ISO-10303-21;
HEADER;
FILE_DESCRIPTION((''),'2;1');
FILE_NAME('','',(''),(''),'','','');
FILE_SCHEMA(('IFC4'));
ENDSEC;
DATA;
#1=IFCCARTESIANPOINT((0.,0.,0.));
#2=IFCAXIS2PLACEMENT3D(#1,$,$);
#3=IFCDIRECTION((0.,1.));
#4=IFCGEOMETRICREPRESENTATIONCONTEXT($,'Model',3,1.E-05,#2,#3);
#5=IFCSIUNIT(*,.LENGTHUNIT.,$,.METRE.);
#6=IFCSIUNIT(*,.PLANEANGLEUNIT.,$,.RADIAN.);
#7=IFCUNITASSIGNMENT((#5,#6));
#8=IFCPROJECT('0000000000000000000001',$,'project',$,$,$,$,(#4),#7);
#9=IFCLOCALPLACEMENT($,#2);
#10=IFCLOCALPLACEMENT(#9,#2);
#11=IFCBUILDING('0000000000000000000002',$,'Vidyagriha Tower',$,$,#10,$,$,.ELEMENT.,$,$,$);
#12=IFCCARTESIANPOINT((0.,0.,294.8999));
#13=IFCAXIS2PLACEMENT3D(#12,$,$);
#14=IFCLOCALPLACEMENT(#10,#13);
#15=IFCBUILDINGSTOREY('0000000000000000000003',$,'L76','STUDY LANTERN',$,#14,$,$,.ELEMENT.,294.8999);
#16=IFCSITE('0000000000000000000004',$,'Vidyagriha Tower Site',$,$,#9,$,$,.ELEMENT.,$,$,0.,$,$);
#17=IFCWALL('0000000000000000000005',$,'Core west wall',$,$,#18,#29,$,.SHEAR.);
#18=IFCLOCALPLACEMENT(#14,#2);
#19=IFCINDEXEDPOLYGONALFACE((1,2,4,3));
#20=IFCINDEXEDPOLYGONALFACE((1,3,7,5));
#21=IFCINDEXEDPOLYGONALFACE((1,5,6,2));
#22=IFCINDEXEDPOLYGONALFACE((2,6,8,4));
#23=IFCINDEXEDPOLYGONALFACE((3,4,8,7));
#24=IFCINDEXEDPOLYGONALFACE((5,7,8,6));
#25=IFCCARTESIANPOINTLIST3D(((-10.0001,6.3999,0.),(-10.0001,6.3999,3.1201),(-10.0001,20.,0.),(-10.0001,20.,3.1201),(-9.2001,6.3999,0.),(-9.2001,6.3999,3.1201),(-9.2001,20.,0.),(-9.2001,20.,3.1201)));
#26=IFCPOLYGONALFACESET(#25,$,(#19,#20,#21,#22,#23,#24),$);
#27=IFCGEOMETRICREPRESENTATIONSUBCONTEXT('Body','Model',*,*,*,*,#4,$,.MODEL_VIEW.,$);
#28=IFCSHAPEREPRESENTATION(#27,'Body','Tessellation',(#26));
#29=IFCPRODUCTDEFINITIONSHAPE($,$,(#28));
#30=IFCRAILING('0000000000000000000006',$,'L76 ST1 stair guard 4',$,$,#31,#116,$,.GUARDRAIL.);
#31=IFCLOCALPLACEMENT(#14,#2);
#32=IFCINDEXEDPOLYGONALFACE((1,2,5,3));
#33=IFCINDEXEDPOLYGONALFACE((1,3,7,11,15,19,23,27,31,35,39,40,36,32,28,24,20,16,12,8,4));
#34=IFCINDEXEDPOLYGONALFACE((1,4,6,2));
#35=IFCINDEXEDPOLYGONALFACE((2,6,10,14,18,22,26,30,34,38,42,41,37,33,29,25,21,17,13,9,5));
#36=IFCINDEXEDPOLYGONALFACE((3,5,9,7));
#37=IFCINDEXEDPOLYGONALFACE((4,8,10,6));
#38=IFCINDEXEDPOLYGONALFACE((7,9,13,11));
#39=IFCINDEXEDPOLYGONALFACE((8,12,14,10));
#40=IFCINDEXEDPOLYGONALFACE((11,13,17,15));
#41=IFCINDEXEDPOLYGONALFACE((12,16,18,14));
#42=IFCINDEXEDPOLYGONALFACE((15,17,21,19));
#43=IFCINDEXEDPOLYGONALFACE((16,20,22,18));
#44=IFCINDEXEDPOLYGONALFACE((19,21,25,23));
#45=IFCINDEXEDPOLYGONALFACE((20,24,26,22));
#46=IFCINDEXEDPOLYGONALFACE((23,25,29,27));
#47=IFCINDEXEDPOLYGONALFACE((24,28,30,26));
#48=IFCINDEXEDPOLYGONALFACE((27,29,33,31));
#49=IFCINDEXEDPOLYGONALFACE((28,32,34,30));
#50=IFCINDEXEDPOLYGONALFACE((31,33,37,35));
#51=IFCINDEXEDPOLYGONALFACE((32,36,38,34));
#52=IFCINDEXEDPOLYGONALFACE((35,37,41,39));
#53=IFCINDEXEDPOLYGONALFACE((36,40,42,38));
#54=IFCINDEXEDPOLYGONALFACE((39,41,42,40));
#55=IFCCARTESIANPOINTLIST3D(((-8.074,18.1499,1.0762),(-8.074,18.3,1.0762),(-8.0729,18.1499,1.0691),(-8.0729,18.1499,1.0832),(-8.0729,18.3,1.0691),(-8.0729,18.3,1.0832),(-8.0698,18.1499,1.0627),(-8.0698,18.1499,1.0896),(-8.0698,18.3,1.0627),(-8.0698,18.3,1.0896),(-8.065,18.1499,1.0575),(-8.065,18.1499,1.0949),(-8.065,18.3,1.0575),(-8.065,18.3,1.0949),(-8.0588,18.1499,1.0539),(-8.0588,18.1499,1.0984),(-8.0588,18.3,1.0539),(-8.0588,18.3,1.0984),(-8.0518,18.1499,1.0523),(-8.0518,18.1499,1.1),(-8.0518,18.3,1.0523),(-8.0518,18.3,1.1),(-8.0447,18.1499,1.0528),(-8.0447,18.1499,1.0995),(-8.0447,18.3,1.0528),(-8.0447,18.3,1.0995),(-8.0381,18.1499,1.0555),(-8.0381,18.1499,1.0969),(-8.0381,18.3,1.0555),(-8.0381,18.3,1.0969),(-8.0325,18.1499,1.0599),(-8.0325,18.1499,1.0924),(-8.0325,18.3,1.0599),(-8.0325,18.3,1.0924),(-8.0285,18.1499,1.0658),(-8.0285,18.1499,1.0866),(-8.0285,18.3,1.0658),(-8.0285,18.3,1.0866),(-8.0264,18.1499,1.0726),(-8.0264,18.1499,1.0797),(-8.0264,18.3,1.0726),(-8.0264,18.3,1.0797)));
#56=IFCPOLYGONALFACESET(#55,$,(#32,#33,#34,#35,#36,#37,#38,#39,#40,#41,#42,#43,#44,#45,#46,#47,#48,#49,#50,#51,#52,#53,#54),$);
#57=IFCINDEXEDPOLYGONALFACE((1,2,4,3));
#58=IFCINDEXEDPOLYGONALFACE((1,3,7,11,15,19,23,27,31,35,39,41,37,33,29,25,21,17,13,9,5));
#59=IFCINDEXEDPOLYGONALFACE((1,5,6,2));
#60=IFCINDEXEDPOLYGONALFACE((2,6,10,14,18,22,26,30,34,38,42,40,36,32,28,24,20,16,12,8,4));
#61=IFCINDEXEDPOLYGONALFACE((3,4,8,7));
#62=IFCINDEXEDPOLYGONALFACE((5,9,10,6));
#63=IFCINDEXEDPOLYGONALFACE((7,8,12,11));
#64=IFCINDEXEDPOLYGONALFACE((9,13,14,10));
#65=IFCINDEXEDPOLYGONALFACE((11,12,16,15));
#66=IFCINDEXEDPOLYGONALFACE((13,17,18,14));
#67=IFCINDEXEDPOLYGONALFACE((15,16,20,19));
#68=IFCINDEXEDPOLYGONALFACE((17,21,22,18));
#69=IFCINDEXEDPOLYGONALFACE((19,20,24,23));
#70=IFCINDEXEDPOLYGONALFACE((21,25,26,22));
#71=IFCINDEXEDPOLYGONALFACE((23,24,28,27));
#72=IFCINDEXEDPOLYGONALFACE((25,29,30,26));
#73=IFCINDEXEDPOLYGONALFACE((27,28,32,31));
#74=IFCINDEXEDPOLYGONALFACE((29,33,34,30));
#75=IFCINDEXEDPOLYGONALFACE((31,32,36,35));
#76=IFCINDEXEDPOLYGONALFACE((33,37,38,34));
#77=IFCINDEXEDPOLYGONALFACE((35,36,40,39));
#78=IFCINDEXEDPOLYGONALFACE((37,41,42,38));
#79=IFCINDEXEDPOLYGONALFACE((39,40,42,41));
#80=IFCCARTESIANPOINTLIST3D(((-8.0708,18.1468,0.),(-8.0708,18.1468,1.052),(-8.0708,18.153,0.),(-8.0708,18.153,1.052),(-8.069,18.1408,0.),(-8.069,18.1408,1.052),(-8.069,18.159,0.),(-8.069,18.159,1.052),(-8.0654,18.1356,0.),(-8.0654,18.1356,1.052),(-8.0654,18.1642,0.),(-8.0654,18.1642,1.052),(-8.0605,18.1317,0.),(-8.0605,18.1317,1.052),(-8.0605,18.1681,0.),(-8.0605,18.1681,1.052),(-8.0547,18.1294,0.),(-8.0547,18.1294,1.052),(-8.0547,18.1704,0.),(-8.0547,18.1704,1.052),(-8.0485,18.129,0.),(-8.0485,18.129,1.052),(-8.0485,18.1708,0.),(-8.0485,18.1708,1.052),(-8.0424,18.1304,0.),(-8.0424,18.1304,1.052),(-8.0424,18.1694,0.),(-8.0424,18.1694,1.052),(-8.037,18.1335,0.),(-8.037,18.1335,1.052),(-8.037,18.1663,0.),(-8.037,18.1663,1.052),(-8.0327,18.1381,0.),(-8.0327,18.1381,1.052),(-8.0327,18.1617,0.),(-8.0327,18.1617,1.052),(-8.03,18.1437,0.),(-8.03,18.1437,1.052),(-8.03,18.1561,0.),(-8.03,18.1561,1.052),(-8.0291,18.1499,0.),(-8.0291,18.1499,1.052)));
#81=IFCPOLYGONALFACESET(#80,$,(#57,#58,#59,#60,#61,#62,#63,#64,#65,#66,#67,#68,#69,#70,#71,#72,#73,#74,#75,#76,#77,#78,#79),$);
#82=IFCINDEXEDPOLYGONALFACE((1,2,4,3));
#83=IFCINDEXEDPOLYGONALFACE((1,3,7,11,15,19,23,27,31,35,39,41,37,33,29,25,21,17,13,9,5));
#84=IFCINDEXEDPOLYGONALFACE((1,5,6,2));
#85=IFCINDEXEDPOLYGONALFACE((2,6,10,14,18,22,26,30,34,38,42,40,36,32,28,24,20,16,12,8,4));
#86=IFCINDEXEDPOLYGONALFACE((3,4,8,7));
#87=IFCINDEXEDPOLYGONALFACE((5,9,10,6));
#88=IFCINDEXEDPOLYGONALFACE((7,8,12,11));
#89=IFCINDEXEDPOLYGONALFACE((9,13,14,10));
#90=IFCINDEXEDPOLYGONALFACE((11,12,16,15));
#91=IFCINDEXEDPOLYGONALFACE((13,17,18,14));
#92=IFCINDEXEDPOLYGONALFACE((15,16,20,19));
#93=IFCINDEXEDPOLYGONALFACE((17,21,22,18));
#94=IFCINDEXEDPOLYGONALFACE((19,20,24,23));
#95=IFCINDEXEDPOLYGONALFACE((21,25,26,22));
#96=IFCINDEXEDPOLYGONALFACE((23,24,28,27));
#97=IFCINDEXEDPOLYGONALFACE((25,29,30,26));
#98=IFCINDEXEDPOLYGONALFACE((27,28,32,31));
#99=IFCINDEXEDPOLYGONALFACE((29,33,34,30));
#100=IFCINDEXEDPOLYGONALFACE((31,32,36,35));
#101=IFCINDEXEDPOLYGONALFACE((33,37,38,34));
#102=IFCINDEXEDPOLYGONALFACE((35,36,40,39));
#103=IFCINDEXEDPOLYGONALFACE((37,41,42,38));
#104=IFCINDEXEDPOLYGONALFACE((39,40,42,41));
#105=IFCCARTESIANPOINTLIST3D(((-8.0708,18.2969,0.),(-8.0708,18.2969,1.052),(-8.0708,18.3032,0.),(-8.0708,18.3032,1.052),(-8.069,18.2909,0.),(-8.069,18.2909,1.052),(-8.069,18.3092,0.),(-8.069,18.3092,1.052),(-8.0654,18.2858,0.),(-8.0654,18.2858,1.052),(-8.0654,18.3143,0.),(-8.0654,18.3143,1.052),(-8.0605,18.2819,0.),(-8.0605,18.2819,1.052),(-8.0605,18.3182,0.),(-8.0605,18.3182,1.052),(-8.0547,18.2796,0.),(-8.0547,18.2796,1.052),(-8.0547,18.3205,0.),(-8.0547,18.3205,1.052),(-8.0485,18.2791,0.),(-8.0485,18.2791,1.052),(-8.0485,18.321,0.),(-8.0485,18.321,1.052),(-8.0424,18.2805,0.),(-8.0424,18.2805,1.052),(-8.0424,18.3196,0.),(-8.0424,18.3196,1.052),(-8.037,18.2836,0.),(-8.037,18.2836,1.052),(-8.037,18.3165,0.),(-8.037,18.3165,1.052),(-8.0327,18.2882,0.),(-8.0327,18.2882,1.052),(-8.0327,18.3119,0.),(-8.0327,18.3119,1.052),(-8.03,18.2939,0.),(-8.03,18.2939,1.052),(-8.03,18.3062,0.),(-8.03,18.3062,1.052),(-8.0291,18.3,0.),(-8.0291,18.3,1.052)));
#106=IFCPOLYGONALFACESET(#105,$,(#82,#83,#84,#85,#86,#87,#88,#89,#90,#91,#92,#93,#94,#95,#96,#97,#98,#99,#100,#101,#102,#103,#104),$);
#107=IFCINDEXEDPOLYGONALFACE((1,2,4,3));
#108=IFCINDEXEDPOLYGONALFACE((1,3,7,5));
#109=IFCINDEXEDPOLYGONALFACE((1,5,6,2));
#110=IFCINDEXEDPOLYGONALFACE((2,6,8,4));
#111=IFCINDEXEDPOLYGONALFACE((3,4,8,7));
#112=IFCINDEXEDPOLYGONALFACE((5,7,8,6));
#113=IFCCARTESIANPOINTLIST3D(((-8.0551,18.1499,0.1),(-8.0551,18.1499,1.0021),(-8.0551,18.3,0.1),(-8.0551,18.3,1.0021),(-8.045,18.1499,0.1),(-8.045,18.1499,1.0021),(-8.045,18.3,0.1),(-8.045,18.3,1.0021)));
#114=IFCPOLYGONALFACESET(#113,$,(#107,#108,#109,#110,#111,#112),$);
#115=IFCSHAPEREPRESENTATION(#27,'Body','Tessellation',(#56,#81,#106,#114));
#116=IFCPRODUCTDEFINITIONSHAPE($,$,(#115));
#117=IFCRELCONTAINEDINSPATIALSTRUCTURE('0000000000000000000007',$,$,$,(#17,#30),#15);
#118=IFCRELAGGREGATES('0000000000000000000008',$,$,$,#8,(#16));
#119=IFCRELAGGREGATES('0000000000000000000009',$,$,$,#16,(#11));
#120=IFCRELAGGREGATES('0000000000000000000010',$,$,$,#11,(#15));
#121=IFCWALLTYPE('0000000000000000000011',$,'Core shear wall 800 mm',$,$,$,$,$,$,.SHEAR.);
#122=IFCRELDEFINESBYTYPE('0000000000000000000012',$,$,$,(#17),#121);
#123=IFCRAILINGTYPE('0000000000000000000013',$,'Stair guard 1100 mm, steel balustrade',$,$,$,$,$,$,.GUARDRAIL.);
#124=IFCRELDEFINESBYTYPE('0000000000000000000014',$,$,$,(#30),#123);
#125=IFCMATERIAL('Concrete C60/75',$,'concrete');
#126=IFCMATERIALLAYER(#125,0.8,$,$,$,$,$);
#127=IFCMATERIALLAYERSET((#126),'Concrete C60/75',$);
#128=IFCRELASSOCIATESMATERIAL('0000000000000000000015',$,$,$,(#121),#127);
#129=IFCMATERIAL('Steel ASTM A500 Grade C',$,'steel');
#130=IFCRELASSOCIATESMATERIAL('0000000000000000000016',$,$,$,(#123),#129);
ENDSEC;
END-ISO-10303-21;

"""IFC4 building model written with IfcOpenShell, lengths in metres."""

from ifc_helpers import new_model, si_unit, direction, frame, frame_2d, origin, origin_2d, place, context, subcontext, project, spatial, rectangle, circle, extrude, material, layer, layer_set, type_object, element, save


model = new_model("IFC4")

# Units and contexts
model_context = context("Model", 3, precision=1e-05, world=origin(), true_north=direction((0.0, 1.0)))
body_context = subcontext(model_context, "Body", "Model", "MODEL_VIEW")
ifc_project = project(units=[si_unit("LENGTHUNIT", "METRE"), si_unit("PLANEANGLEUNIT", "RADIAN")], contexts=[model_context])

# Site, building, storey
site_placement = place(None, origin())
site = spatial("IfcSite", under=ifc_project, at=site_placement, Name="Vidyagriha Tower Site", CompositionType="ELEMENT", RefElevation=0.0)
building_placement = place(site_placement, origin())
building = spatial("IfcBuilding", under=site, at=building_placement, Name="Vidyagriha Tower", CompositionType="ELEMENT")
storey_placement = place(building_placement, frame((0.0, 0.0, 294.8999)))
storey = spatial("IfcBuildingStorey", under=building, at=storey_placement, Name="L76", Description="STUDY LANTERN", CompositionType="ELEMENT", Elevation=294.8999)

# Wall
ifc_material_1 = material(Name="Concrete C60/75", Category="concrete")
ifc_layer_1 = layer(ifc_material_1, 0.8)
ifc_layer_set_1 = layer_set([ifc_layer_1], Name="Concrete C60/75")
wall_type_1 = type_object("IfcWallType", Name="Core shear wall 800 mm", PredefinedType="SHEAR", material=ifc_layer_set_1)
wall_1_placement = place(storey_placement, frame((-9.6001, 6.3999, 0.0), z_axis=(0.0, 0.0, 1.0), x_axis=(0.0, 1.0, 0.0)))
element("IfcWall", 1, at=wall_1_placement, inside=storey, type_object=wall_type_1, Name="Core west wall", PredefinedType="SHEAR", context=body_context, shape_type="SweptSolid", body=[
    extrude(rectangle(XDim=13.6001, YDim=0.8, at=frame_2d((6.8, 0.0))), origin(), (0.0, 0.0, 1.0), 3.1201),
])

# Railing
ifc_material_2 = material(Name="Steel ASTM A500 Grade C", Category="steel")
railing_type_1 = type_object("IfcRailingType", Name="Stair guard 1100 mm, steel balustrade", PredefinedType="GUARDRAIL", material=ifc_material_2)
railing_1_placement = place(storey_placement, frame((-8.05, 18.1499, 0.0)))
element("IfcRailing", 2, at=railing_1_placement, inside=storey, type_object=railing_type_1, Name="L76 ST1 stair guard 4", PredefinedType="GUARDRAIL", context=body_context, shape_type="SweptSolid", body=[
    extrude(circle(Radius=0.0239, at=origin_2d()), frame((0.0, 0.0, 1.0762), z_axis=(0.0, 1.0, 0.0), x_axis=(-1.0, 0.0, 0.0)), (0.0, 0.0, 1.0), 0.1501),
    extrude(circle(Radius=0.021, at=origin_2d()), origin(), (0.0, 0.0, 1.0), 1.052),
    extrude(circle(Radius=0.021, at=origin_2d()), frame((0.0, 0.1501, 0.0)), (0.0, 0.0, 1.0), 1.052),
    extrude(rectangle(XDim=0.01, YDim=0.9021, at=origin_2d()), frame((0.0, 0.0, 0.551), z_axis=(0.0, 1.0, 0.0), x_axis=(-1.0, 0.0, 0.0)), (0.0, 0.0, 1.0), 0.1501),
])

save(model, "model.ifc")
